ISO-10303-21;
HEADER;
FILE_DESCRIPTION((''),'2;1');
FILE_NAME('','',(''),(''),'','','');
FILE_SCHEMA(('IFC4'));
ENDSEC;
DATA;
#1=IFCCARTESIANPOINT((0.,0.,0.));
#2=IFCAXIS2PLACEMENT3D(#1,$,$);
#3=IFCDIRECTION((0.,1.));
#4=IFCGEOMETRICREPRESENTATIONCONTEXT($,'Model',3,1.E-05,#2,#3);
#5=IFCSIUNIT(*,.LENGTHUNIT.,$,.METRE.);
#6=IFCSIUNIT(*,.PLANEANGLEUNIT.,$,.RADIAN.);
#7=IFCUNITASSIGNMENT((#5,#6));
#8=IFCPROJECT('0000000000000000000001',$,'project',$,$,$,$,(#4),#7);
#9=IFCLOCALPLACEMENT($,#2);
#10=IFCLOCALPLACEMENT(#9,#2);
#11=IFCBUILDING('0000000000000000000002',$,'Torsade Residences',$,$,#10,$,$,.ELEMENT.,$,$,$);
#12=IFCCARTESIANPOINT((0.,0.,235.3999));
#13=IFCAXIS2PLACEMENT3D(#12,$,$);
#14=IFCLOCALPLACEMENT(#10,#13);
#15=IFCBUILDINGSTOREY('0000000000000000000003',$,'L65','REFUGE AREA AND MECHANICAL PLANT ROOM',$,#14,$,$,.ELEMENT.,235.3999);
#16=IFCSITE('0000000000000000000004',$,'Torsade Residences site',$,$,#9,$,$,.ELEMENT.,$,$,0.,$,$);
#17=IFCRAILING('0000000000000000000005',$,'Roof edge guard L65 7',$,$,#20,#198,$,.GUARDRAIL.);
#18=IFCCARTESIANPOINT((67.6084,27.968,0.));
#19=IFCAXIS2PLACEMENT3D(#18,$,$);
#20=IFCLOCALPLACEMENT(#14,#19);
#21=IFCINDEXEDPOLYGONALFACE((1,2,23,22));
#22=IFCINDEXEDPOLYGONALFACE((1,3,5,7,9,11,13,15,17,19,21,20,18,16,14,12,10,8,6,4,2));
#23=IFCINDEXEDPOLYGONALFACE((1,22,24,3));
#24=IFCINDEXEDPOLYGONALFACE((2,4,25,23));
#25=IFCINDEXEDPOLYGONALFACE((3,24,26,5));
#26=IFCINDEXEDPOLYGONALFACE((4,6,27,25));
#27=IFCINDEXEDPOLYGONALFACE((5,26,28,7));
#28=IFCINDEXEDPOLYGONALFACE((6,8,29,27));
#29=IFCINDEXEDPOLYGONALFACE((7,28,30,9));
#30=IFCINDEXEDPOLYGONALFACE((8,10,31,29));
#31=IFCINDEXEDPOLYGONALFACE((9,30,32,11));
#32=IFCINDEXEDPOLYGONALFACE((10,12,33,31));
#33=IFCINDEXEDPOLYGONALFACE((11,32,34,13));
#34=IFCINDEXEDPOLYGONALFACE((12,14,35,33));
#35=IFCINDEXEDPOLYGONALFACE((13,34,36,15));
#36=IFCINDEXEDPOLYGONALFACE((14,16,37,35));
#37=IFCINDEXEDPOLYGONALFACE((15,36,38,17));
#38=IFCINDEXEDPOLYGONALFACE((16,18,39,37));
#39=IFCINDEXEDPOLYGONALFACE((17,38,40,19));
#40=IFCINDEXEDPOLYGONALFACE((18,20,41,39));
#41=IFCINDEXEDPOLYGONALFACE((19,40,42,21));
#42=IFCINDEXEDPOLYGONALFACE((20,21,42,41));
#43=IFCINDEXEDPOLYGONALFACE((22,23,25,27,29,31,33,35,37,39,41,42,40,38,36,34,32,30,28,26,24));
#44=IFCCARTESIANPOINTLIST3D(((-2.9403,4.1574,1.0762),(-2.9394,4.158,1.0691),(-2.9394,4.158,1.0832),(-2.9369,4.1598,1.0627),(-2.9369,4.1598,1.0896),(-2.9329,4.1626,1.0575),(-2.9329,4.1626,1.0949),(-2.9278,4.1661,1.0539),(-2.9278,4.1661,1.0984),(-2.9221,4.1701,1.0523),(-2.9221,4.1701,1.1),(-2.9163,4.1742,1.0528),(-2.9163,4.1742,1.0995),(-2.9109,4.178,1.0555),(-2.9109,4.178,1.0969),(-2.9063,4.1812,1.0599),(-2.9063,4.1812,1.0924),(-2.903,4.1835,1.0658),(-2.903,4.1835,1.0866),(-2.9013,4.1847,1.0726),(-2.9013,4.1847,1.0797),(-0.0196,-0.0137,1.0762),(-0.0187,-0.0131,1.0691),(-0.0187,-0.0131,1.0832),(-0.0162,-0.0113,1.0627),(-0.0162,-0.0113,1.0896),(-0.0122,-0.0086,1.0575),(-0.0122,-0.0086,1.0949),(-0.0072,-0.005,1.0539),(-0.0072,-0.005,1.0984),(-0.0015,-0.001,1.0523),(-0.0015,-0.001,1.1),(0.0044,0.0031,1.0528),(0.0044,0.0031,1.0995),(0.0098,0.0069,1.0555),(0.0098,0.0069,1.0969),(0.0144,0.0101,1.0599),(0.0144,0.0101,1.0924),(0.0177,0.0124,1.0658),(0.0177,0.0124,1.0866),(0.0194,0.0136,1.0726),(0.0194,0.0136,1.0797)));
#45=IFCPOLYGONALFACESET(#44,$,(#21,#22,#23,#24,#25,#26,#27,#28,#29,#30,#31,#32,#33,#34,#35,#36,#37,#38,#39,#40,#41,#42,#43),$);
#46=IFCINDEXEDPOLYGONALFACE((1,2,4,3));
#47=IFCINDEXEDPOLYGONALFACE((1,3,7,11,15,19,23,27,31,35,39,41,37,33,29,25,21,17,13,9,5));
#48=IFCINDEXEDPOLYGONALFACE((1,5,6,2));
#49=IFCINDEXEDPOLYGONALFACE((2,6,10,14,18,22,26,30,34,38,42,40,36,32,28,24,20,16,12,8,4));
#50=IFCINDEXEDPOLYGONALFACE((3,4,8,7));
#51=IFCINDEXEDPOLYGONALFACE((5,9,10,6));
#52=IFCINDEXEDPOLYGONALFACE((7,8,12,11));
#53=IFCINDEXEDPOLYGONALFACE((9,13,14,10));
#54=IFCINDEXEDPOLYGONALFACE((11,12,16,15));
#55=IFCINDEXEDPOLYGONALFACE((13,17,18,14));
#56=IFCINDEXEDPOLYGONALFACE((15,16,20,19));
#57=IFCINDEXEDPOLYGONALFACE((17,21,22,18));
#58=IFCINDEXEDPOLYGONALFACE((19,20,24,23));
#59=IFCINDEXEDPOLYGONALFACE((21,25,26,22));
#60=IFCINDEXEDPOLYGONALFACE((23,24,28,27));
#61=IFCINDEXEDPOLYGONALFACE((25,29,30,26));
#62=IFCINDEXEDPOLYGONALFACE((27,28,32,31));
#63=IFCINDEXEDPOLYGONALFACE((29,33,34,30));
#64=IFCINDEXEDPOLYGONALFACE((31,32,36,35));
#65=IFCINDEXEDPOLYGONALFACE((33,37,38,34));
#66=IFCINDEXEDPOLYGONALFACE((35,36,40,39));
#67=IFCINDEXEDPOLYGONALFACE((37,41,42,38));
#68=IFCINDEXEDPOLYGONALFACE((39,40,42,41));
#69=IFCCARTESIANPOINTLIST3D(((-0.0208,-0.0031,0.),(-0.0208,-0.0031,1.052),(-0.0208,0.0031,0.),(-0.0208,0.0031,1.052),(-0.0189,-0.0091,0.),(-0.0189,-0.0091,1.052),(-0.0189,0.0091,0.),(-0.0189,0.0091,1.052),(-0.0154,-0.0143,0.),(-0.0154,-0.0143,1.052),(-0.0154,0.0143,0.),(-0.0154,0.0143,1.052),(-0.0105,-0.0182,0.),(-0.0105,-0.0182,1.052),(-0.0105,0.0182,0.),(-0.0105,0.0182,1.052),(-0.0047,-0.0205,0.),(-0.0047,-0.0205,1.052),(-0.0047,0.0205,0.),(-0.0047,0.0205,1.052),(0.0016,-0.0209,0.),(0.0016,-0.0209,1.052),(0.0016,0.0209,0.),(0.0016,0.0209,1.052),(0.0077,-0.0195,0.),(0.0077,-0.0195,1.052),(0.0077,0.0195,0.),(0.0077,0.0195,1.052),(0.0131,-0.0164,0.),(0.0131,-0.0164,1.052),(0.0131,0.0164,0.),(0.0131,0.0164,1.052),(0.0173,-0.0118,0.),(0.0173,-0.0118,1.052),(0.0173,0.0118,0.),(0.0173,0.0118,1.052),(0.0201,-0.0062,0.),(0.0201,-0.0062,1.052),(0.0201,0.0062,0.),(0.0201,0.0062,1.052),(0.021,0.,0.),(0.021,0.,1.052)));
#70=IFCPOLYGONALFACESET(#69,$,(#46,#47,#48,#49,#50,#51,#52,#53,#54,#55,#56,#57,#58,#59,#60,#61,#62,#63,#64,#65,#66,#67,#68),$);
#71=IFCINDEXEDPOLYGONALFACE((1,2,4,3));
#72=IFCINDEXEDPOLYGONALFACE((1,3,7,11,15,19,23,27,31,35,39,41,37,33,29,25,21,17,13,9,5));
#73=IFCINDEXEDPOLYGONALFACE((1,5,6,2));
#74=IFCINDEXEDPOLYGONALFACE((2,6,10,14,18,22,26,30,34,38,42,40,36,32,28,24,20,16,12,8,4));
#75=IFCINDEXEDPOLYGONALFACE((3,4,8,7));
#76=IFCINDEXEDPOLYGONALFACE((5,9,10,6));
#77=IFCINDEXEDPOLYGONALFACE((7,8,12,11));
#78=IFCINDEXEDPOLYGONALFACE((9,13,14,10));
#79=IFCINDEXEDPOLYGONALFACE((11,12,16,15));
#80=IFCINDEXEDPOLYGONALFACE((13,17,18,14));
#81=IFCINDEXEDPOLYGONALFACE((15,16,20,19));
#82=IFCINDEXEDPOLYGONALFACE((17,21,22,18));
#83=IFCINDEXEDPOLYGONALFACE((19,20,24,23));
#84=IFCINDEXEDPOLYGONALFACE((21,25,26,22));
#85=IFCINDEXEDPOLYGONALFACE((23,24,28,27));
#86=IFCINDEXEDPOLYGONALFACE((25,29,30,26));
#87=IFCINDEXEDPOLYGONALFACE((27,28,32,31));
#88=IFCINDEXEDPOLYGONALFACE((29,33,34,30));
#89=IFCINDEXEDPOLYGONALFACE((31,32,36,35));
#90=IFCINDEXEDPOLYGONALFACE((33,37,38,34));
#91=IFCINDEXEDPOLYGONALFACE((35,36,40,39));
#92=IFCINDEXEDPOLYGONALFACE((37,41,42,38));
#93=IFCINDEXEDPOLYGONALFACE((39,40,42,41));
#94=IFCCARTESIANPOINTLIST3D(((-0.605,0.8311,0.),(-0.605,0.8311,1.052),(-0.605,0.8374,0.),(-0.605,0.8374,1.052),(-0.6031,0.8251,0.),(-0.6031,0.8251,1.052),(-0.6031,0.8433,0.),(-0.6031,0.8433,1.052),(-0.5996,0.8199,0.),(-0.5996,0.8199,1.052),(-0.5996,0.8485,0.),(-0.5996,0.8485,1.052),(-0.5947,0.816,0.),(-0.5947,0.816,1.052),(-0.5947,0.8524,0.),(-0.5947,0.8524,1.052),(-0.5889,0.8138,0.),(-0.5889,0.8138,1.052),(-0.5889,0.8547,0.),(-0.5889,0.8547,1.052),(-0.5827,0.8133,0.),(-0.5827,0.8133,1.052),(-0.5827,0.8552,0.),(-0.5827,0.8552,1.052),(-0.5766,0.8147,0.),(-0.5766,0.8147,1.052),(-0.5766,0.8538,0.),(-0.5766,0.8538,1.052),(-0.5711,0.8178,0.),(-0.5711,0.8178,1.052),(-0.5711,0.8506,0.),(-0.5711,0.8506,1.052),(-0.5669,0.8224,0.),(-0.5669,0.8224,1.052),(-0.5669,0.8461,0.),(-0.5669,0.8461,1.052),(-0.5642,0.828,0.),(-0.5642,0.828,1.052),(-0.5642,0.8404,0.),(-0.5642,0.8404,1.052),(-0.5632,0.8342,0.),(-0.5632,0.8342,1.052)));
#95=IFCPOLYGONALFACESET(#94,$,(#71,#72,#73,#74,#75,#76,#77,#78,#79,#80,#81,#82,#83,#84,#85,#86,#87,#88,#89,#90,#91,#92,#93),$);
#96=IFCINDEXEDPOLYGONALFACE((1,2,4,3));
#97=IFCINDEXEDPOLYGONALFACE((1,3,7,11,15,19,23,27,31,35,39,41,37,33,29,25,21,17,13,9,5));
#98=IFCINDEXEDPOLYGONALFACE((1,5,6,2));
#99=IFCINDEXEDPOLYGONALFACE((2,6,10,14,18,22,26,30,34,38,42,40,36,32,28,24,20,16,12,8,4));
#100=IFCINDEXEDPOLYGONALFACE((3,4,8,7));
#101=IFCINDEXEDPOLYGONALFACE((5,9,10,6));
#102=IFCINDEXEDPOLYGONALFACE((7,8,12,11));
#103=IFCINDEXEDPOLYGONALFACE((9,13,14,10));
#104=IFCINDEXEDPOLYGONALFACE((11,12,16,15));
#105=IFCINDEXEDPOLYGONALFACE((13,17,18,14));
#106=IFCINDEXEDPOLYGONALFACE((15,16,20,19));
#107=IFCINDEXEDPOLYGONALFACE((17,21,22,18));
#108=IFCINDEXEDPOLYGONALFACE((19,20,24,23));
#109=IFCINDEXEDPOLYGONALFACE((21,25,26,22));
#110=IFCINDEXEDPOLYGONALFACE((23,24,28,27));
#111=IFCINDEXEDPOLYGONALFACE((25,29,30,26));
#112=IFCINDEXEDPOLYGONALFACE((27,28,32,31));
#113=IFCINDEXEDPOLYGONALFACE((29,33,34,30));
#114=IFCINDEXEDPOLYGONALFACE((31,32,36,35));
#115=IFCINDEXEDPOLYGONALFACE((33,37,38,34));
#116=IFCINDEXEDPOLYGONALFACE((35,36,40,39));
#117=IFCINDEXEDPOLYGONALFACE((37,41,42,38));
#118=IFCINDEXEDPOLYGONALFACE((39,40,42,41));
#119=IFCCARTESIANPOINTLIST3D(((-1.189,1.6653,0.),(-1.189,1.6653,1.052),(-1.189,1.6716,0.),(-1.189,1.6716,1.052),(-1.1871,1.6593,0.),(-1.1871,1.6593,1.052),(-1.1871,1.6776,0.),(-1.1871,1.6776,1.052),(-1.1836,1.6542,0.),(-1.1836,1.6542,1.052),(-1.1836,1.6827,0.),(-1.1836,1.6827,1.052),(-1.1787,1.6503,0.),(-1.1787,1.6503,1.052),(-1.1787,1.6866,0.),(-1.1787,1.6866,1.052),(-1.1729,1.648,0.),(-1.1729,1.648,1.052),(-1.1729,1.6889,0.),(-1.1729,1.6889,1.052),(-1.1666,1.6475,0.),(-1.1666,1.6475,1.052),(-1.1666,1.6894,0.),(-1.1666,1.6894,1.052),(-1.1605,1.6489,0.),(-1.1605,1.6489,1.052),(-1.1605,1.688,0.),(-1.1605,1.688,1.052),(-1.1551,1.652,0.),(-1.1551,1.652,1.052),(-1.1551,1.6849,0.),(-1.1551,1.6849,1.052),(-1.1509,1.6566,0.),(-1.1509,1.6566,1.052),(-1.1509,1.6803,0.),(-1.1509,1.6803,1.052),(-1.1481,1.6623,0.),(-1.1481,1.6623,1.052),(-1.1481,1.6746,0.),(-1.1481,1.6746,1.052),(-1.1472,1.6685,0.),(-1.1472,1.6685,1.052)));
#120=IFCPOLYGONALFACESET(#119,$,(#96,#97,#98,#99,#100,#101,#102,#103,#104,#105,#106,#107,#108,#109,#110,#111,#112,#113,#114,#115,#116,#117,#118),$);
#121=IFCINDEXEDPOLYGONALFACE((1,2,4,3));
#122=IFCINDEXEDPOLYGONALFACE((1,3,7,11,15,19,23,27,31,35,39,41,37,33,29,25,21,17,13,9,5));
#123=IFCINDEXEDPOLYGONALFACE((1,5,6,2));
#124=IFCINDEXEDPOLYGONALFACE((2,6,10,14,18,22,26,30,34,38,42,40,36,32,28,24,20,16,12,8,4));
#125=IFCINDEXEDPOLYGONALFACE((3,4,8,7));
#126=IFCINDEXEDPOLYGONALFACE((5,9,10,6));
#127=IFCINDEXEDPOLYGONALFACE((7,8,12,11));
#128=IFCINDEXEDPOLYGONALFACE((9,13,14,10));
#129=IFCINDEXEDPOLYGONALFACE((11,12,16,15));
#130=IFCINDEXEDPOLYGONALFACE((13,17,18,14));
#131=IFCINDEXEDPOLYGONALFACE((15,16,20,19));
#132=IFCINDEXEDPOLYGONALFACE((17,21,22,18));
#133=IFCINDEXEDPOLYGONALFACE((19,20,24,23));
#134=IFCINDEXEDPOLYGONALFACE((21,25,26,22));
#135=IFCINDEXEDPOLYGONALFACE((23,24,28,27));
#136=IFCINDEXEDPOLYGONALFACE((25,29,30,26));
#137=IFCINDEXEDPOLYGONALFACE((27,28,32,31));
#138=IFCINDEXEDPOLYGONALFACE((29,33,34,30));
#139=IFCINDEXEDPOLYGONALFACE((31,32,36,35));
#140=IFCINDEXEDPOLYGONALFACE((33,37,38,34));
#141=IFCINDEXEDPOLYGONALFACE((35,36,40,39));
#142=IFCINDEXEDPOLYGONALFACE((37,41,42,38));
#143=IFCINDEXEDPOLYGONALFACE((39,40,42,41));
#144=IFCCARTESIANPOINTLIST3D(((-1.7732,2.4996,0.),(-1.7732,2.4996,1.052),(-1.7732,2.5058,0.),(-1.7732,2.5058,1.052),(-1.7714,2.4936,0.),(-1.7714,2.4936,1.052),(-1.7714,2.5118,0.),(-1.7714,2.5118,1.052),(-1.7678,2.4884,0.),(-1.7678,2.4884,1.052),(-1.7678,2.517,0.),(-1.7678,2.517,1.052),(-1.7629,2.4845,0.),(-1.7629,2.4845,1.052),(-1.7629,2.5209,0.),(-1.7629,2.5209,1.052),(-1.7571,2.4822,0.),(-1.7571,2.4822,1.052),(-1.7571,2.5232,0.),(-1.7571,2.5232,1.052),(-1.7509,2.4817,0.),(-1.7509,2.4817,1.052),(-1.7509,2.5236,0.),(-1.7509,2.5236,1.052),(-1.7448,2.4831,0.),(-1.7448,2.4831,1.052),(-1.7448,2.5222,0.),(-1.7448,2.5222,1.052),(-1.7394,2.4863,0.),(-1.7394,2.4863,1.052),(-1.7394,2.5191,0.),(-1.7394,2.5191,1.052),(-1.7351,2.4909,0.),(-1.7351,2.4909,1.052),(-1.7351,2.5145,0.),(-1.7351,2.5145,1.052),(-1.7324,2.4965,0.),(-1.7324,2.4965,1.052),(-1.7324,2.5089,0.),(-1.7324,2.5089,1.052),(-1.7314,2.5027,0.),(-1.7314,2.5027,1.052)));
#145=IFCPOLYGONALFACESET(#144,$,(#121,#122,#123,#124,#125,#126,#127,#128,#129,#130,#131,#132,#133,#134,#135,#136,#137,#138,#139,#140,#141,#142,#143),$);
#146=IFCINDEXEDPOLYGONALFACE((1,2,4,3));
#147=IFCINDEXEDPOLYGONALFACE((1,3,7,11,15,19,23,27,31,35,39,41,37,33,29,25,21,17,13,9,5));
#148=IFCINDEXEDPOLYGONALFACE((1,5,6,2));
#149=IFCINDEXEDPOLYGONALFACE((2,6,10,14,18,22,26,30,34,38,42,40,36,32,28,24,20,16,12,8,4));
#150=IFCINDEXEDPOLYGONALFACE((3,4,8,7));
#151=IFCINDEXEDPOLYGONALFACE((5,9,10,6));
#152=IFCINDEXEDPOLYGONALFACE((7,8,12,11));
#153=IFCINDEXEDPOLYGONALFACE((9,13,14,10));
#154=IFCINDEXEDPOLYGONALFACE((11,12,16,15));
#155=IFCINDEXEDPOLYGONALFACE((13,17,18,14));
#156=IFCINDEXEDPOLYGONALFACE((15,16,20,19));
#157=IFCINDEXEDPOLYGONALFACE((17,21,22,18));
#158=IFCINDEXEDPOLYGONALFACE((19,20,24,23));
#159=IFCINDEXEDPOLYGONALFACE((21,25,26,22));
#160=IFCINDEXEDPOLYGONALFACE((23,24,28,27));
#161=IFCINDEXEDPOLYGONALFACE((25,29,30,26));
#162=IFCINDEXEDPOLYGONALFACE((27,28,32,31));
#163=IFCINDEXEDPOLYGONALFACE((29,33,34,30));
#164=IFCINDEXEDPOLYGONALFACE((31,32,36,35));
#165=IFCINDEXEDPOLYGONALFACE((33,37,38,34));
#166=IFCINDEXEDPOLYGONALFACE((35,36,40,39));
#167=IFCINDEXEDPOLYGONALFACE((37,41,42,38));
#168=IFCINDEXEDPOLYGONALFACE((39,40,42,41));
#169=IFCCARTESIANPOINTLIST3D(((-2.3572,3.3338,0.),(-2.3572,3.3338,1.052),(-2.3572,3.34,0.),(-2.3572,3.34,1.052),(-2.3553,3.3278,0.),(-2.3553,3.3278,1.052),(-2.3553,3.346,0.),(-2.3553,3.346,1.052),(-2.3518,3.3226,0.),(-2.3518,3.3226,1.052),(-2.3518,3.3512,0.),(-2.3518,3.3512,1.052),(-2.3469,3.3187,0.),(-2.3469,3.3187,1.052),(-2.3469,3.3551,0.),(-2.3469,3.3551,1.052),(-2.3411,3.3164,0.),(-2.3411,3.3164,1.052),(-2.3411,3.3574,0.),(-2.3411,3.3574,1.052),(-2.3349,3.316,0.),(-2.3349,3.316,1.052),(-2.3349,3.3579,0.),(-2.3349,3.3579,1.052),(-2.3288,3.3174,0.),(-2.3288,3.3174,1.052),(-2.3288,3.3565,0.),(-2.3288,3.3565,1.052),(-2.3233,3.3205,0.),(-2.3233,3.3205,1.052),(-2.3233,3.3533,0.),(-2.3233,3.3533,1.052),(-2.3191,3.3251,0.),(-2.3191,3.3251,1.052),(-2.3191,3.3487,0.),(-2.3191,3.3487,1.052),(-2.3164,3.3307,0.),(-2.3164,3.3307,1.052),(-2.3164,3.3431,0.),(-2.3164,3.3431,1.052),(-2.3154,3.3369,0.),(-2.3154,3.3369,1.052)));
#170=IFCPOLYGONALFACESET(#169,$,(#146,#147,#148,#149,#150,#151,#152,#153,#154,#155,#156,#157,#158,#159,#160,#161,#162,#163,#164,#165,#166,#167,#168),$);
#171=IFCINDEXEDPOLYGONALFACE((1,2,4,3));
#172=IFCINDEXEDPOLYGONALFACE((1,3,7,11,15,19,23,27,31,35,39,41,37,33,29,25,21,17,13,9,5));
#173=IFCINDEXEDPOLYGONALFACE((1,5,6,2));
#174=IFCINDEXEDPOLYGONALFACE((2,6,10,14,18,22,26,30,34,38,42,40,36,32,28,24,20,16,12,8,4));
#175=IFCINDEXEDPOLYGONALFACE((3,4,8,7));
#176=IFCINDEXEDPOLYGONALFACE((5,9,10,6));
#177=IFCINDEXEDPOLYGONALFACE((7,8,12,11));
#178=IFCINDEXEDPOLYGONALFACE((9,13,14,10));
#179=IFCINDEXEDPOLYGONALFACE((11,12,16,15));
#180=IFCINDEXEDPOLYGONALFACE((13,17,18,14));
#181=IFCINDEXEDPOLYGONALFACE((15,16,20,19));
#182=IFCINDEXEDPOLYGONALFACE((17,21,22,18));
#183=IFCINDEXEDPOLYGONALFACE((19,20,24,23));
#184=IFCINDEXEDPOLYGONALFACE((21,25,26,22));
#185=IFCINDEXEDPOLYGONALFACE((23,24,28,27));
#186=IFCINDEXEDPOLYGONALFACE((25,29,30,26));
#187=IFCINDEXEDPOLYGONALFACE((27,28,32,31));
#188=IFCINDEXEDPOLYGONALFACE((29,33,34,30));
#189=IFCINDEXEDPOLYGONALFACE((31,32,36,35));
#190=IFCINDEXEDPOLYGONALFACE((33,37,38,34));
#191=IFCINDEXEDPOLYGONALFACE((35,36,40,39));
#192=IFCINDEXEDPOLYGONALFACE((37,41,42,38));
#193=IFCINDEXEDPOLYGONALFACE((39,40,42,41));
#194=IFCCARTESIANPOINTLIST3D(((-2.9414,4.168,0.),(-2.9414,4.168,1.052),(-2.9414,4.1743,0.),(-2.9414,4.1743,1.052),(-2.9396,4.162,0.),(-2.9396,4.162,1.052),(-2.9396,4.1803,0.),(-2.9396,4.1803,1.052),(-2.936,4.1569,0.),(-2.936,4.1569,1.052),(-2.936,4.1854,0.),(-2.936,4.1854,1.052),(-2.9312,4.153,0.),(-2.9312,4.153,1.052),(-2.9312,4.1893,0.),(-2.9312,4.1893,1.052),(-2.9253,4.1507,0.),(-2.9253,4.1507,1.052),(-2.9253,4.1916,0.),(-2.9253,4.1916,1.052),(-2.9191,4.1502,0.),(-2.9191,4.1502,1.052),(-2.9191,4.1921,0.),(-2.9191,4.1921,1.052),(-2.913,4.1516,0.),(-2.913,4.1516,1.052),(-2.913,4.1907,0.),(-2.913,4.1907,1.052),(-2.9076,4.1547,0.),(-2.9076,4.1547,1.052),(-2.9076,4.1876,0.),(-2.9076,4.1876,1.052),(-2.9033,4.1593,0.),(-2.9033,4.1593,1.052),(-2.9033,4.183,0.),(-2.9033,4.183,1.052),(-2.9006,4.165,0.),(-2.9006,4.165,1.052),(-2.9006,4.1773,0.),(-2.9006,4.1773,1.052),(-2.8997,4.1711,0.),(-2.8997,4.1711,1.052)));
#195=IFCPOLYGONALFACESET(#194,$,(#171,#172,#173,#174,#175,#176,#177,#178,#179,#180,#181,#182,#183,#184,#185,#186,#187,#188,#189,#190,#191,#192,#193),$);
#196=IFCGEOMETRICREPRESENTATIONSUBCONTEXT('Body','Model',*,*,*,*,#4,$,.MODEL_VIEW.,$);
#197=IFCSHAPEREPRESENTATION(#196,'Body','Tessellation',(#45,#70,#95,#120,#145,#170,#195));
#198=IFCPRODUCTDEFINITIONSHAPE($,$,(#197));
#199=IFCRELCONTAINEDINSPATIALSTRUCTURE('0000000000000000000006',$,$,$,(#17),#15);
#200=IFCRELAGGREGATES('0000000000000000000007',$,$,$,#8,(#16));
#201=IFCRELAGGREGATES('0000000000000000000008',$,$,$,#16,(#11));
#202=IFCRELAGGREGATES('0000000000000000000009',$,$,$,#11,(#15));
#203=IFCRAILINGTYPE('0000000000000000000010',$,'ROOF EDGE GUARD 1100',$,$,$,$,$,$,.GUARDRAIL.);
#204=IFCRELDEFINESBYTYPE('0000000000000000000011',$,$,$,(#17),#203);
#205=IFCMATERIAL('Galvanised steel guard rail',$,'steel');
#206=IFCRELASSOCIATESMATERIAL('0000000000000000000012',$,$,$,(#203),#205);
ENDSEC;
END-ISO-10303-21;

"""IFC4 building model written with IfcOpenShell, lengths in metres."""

from ifc_helpers import new_model, si_unit, direction, frame, origin, origin_2d, place, context, subcontext, project, spatial, circle, extrude, material, type_object, element, save


model = new_model("IFC4")

# Units and contexts
model_context = context("Model", 3, precision=1e-05, world=origin(), true_north=direction((0.0, 1.0)))
body_context = subcontext(model_context, "Body", "Model", "MODEL_VIEW")
ifc_project = project(units=[si_unit("LENGTHUNIT", "METRE"), si_unit("PLANEANGLEUNIT", "RADIAN")], contexts=[model_context])

# Site, building, storey
site_placement = place(None, origin())
site = spatial("IfcSite", under=ifc_project, at=site_placement, Name="Torsade Residences site", CompositionType="ELEMENT", RefElevation=0.0)
building_placement = place(site_placement, origin())
building = spatial("IfcBuilding", under=site, at=building_placement, Name="Torsade Residences", CompositionType="ELEMENT")
storey_placement = place(building_placement, frame((0.0, 0.0, 235.3999)))
storey = spatial("IfcBuildingStorey", under=building, at=storey_placement, Name="L65", Description="REFUGE AREA AND MECHANICAL PLANT ROOM", CompositionType="ELEMENT", Elevation=235.3999)

# Railing
ifc_material_1 = material(Name="Galvanised steel guard rail", Category="steel")
railing_type = type_object("IfcRailingType", Name="ROOF EDGE GUARD 1100", PredefinedType="GUARDRAIL", material=ifc_material_1)
railing_1_placement = place(storey_placement, frame((67.6084, 27.968, 0.0)))
element("IfcRailing", 1, at=railing_1_placement, inside=storey, type_object=railing_type, Name="Roof edge guard L65 7", PredefinedType="GUARDRAIL", context=body_context, shape_type="SweptSolid", body=[
    extrude(circle(Radius=0.0239, at=origin_2d()), frame((0.0, 0.0, 1.0762), z_axis=(-0.573575, 0.819153, 0.0), x_axis=(-0.819153, -0.573575, 0.0)), (0.0, 0.0, 1.0), 5.092),
    extrude(circle(Radius=0.021, at=origin_2d()), origin(), (0.0, 0.0, 1.0), 1.052),
    extrude(circle(Radius=0.021, at=origin_2d()), frame((-0.5842, 0.8342, 0.0)), (0.0, 0.0, 1.0), 1.052),
    extrude(circle(Radius=0.021, at=origin_2d()), frame((-1.1682, 1.6685, 0.0)), (0.0, 0.0, 1.0), 1.052),
    extrude(circle(Radius=0.021, at=origin_2d()), frame((-1.7524, 2.5027, 0.0)), (0.0, 0.0, 1.0), 1.052),
    extrude(circle(Radius=0.021, at=origin_2d()), frame((-2.3364, 3.3369, 0.0)), (0.0, 0.0, 1.0), 1.052),
    extrude(circle(Radius=0.021, at=origin_2d()), frame((-2.9207, 4.1711, 0.0)), (0.0, 0.0, 1.0), 1.052),
])

save(model, "model.ifc")
